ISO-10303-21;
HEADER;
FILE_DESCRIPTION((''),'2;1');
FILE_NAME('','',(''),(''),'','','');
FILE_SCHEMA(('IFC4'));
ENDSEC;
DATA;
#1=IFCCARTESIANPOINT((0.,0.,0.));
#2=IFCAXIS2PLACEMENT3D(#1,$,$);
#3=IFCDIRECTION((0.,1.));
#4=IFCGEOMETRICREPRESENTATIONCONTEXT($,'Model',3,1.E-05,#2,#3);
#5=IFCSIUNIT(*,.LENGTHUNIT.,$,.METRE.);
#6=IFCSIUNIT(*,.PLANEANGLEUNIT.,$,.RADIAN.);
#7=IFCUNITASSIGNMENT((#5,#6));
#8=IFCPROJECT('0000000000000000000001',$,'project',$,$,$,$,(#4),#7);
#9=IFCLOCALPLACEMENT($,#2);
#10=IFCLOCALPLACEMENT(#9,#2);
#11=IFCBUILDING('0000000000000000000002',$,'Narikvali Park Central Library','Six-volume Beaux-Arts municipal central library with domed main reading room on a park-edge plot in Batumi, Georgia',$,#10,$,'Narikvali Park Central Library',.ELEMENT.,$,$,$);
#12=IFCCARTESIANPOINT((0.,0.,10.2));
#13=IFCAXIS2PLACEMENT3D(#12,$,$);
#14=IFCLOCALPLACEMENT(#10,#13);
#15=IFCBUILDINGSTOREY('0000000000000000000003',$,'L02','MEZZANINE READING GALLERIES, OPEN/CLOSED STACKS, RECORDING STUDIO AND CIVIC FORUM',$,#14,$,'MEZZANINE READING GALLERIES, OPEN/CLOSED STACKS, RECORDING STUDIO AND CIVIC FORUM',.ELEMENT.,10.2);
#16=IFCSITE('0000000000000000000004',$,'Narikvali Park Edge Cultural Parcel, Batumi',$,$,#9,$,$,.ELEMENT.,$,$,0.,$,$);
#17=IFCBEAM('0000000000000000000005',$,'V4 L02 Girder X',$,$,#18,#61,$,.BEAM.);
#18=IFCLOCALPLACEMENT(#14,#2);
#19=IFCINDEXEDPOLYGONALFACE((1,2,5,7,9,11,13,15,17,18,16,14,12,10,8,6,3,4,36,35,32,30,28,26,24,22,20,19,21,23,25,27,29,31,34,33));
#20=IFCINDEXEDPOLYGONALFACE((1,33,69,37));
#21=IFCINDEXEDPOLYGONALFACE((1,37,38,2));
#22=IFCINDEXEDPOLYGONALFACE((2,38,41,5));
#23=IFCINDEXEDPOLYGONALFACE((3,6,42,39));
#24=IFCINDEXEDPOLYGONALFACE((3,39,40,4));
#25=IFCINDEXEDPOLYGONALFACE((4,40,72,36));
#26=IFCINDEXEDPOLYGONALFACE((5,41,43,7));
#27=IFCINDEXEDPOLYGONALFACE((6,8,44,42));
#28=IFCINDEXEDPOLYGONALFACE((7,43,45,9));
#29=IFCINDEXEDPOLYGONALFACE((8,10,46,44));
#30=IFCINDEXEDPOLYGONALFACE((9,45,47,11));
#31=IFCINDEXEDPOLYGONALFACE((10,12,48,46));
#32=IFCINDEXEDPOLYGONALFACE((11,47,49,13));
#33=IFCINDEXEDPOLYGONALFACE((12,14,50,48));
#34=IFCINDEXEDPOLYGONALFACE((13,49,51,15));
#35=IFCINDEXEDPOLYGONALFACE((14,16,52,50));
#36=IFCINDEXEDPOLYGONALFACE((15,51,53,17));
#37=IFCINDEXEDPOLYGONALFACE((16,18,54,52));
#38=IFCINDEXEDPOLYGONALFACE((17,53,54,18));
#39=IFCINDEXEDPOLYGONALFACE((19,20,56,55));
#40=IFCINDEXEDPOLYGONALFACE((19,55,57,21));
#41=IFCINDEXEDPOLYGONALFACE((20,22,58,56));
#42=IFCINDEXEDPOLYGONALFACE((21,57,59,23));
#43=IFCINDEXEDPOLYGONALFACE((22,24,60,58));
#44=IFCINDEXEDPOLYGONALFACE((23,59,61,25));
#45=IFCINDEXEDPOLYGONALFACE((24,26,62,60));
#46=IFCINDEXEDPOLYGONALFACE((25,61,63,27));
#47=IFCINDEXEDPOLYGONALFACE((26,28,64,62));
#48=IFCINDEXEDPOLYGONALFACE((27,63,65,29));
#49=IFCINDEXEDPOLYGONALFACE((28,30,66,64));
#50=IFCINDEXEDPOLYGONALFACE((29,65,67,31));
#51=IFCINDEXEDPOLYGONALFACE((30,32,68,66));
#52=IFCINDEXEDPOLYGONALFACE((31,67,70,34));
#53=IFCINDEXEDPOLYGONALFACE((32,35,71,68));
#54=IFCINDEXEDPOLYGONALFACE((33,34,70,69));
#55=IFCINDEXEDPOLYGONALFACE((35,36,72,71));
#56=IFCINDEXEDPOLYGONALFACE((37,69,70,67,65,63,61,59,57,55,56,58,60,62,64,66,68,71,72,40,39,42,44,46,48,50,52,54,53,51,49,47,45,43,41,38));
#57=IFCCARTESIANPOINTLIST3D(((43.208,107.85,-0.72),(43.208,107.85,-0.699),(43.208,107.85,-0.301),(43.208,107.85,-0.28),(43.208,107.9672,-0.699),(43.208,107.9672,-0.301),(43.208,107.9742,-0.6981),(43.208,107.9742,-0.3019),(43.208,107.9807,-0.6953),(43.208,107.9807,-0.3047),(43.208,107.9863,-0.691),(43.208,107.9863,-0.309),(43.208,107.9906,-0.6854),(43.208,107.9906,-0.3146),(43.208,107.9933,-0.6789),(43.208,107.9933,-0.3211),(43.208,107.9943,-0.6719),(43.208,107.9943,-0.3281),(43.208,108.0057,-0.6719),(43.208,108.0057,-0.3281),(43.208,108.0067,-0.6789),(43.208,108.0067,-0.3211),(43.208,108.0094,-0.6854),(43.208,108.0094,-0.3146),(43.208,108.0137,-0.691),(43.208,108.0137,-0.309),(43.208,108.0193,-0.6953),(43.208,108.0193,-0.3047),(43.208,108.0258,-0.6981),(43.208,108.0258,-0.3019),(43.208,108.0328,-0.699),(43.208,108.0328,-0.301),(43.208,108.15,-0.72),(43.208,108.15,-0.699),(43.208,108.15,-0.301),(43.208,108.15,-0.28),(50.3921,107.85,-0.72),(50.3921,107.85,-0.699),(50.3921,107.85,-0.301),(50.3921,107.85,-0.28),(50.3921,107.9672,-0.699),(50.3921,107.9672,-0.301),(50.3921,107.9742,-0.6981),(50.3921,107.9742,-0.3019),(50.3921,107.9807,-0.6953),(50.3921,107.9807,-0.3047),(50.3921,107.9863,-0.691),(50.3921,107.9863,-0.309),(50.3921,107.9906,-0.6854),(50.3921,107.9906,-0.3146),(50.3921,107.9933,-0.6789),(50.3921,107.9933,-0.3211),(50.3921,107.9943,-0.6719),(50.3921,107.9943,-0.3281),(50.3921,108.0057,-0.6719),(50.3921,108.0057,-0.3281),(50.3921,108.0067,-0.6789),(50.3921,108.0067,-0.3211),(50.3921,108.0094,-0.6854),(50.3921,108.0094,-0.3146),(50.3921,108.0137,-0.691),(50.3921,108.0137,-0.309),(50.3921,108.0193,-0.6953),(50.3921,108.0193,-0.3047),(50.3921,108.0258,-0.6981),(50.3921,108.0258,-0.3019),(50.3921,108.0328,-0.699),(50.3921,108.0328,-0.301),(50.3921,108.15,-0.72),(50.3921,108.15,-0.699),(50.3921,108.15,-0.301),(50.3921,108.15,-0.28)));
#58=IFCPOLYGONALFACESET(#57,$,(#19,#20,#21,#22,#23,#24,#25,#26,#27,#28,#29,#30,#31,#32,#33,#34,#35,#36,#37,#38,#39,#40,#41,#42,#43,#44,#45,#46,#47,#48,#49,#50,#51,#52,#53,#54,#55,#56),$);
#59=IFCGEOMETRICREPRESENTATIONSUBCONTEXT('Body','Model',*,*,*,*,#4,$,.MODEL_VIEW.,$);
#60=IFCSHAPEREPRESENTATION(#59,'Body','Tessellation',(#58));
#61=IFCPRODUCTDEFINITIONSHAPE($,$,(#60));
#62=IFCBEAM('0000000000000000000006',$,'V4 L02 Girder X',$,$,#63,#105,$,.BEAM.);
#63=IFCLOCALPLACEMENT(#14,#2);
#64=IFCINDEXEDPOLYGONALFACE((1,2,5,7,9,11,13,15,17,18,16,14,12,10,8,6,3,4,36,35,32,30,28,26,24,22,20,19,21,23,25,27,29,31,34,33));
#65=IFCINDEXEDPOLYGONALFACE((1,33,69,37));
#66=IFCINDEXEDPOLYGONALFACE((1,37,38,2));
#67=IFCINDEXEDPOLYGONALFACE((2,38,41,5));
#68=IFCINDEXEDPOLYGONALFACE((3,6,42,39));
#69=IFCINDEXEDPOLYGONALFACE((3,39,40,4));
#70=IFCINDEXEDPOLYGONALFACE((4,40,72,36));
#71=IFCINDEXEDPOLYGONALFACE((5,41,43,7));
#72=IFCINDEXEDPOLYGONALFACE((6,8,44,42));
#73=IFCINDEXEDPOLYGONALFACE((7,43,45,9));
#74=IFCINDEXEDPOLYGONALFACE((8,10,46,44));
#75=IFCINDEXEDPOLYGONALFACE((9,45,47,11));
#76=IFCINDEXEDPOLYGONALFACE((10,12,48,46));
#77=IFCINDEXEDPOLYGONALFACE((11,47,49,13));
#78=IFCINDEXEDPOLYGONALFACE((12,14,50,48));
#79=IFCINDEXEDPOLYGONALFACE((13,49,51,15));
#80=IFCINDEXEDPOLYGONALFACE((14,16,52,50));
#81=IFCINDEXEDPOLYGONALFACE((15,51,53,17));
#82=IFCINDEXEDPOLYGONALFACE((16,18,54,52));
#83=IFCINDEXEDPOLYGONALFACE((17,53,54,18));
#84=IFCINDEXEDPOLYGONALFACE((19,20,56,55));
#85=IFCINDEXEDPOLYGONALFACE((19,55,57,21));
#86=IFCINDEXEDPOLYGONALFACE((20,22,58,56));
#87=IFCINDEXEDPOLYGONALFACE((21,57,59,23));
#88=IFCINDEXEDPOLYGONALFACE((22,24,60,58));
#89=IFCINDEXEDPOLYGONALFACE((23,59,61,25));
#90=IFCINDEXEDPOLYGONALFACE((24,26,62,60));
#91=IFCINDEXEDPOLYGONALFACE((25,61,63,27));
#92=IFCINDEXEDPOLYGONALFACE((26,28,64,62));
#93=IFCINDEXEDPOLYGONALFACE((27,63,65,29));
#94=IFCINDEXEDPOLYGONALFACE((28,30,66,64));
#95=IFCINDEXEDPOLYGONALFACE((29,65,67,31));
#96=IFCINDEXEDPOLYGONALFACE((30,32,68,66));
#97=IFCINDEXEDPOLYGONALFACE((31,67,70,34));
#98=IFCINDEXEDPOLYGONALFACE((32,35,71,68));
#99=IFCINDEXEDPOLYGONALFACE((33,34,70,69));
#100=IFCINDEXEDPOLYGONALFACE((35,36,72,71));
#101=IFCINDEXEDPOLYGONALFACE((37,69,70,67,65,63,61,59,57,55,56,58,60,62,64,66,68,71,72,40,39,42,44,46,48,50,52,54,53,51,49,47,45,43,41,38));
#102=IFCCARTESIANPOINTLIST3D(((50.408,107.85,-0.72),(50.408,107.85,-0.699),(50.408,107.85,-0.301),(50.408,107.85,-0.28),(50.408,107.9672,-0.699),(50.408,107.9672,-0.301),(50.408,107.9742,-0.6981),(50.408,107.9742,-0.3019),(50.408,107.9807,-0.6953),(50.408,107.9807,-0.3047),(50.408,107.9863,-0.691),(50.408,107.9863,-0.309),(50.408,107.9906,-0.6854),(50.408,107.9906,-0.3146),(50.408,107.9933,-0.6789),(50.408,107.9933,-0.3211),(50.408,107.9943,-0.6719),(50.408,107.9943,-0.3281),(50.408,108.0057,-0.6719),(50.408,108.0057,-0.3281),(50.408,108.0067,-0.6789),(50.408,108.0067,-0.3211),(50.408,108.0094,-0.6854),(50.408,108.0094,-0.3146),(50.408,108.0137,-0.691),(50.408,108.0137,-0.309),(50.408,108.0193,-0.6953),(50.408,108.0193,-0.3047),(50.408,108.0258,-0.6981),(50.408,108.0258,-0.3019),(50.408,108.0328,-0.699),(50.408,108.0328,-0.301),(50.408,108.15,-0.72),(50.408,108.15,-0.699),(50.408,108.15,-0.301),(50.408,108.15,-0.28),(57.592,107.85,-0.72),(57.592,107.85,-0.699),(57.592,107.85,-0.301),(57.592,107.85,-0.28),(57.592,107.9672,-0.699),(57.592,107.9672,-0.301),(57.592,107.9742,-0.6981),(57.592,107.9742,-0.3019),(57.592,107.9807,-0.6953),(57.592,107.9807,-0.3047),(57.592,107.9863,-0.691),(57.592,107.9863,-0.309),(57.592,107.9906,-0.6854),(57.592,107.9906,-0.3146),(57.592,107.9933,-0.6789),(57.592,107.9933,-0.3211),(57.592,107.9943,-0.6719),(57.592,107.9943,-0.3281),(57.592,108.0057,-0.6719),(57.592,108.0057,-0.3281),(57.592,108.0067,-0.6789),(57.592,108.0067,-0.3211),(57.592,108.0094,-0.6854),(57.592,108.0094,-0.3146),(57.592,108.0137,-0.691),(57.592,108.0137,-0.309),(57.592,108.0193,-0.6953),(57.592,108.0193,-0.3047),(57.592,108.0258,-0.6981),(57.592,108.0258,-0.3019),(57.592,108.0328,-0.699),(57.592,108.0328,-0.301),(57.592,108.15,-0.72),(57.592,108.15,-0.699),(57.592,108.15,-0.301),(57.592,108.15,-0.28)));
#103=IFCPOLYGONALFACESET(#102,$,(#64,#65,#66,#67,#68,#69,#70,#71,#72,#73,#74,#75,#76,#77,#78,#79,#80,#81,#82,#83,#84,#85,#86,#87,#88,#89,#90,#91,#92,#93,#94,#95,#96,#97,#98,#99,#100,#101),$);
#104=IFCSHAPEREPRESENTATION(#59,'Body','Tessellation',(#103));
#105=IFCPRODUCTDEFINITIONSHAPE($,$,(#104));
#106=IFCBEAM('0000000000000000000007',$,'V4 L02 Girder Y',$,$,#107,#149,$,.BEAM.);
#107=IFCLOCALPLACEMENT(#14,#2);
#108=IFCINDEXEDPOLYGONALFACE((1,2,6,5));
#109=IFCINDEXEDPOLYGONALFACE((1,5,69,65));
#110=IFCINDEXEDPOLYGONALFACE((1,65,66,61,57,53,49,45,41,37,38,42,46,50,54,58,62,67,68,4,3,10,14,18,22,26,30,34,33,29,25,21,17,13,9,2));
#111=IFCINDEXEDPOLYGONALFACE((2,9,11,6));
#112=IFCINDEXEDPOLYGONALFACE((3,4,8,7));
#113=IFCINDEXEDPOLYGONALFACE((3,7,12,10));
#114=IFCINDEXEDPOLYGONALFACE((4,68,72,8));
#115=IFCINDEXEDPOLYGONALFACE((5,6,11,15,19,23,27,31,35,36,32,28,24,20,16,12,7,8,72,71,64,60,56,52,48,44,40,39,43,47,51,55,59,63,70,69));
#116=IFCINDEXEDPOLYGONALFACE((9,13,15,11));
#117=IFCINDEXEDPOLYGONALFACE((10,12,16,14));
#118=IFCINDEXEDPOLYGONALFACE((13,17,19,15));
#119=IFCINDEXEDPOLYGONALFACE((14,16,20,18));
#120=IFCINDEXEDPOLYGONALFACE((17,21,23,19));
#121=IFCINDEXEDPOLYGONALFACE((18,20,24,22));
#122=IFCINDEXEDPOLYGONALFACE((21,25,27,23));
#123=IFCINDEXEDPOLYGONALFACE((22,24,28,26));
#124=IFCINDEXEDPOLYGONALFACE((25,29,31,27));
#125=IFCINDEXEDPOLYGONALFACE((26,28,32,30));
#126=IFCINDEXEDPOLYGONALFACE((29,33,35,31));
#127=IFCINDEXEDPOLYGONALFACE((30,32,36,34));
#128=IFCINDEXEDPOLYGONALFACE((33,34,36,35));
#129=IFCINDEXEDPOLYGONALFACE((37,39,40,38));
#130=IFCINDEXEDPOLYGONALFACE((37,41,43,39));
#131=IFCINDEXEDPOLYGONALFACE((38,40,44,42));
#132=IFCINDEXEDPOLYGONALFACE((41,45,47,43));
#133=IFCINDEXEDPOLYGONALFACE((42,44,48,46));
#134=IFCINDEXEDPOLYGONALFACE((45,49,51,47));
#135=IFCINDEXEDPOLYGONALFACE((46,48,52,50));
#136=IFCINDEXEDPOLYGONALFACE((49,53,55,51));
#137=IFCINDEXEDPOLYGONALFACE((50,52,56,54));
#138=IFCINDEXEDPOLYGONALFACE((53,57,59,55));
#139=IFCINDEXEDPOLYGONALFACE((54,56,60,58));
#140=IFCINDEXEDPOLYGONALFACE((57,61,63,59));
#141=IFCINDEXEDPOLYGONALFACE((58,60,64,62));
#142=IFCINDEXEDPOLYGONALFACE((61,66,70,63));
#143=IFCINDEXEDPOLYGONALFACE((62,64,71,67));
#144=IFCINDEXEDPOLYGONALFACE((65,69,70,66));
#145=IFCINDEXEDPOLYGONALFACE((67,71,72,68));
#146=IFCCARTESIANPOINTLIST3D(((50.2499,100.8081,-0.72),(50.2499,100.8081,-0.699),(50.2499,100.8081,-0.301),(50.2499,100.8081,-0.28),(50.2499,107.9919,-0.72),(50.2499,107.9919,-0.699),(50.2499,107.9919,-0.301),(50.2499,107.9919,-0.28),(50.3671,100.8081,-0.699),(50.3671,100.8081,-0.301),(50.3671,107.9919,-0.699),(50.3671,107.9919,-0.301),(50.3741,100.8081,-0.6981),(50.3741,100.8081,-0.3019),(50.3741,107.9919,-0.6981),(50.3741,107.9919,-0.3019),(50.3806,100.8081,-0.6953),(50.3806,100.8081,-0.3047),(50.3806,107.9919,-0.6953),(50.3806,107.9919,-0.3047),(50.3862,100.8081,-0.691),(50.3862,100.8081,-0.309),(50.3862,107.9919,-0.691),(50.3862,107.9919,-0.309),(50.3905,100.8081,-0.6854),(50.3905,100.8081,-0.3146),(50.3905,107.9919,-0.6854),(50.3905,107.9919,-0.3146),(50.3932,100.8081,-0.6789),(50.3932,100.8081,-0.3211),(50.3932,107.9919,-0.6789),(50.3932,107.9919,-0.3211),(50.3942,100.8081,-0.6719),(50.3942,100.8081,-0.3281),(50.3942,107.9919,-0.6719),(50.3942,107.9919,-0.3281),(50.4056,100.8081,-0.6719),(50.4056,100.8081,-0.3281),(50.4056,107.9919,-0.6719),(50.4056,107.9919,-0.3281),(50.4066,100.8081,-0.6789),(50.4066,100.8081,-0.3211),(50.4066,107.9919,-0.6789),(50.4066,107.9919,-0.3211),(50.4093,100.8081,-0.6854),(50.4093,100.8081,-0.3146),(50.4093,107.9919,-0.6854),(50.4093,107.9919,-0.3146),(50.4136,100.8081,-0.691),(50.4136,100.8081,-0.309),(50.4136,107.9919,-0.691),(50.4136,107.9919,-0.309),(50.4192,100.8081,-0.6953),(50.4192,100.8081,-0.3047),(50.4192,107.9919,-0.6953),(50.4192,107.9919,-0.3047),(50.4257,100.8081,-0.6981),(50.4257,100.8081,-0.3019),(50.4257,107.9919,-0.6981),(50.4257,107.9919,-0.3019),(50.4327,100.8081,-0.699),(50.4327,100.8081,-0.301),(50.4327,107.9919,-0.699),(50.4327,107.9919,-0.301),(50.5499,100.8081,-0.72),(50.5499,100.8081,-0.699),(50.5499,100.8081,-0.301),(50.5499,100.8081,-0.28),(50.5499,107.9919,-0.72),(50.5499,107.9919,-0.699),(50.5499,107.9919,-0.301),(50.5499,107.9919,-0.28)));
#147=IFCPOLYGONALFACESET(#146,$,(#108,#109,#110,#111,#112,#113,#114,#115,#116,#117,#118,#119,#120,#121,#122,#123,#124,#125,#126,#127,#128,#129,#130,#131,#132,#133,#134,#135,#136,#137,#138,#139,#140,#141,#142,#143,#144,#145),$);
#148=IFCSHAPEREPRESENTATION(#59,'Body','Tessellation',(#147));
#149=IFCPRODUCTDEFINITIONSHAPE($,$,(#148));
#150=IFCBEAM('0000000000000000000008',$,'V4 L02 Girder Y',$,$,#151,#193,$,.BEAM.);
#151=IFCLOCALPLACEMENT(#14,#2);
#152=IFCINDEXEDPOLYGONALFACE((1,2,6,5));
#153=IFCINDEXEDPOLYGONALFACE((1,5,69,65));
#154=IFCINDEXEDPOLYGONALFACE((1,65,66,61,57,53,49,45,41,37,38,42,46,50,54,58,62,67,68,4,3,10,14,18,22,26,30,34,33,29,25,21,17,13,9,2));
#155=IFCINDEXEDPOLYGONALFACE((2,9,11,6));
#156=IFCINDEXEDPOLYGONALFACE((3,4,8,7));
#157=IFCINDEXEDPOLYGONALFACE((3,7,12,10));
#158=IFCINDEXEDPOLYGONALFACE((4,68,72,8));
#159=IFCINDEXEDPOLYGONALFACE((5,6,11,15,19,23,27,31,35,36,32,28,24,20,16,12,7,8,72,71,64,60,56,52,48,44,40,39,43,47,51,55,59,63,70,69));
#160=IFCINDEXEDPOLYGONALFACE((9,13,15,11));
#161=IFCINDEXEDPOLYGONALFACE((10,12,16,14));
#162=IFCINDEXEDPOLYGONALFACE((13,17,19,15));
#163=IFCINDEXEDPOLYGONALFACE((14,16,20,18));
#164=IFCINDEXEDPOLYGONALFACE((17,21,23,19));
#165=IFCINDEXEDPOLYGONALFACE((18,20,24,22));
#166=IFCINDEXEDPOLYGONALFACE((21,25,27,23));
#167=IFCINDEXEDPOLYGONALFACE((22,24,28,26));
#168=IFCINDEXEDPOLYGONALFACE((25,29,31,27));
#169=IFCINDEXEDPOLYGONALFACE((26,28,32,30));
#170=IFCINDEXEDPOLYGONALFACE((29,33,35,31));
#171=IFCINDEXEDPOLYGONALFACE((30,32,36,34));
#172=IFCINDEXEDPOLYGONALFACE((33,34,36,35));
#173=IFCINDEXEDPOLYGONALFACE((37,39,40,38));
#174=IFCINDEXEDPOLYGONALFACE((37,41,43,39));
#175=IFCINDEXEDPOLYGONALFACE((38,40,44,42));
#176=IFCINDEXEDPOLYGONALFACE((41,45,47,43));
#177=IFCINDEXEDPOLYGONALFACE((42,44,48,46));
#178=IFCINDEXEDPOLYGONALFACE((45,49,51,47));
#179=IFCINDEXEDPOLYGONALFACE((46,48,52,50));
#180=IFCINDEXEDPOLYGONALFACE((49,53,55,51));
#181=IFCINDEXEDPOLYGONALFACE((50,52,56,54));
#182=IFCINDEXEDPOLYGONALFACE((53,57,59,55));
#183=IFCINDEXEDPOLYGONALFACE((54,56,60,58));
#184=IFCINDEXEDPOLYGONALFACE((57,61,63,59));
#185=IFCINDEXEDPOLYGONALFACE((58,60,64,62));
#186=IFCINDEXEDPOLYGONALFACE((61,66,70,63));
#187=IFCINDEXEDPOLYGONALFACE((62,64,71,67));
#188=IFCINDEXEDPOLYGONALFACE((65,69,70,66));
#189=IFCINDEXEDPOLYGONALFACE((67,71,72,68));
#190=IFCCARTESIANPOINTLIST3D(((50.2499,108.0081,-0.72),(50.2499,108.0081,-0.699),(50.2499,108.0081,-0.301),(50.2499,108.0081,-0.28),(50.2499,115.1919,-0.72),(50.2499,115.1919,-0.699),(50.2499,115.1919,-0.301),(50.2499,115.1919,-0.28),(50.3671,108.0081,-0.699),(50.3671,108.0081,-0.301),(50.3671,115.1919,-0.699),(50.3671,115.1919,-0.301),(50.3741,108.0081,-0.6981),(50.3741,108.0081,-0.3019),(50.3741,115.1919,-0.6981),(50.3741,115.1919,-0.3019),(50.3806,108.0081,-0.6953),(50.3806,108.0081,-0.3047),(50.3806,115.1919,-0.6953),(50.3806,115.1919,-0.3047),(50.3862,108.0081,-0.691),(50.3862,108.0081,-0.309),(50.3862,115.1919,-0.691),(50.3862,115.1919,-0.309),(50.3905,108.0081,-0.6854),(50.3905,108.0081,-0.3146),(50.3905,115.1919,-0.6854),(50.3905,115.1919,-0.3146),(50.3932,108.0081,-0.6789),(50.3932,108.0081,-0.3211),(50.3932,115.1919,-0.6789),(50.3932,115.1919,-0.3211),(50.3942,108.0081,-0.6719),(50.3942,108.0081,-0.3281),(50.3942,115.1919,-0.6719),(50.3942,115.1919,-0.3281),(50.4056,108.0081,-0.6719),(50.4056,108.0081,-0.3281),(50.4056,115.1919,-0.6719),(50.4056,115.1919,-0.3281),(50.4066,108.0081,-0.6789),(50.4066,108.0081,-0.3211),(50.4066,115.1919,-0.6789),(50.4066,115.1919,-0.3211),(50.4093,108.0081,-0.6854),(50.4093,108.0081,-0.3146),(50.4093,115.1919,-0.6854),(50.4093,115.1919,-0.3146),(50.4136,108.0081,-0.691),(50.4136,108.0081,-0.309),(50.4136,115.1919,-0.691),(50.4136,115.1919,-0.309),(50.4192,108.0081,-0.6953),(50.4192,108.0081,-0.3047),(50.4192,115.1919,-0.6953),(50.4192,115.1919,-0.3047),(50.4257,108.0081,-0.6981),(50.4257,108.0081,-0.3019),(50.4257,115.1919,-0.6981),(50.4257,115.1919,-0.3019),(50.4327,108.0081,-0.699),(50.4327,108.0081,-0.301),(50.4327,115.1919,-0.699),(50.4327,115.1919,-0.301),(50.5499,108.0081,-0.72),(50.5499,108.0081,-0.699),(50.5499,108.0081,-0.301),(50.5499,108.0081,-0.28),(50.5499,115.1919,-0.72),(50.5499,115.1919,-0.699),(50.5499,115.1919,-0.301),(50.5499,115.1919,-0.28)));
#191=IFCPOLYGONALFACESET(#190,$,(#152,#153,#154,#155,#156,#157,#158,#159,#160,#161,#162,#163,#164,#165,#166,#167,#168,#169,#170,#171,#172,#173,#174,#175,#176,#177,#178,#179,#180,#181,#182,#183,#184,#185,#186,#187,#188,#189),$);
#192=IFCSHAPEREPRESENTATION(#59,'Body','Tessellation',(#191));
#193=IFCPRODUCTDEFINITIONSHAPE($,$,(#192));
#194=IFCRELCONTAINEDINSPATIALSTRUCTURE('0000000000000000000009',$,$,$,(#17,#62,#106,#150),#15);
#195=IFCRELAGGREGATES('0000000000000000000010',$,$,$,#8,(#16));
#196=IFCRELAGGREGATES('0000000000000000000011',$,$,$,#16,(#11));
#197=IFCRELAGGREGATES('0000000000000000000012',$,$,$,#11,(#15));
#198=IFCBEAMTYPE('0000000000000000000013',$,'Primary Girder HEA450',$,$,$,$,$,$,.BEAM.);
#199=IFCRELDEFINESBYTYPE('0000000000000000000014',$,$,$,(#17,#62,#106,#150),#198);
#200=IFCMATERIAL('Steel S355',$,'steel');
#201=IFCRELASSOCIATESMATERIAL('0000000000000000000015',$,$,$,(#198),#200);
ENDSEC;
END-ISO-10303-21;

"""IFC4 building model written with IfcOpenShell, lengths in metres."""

from ifc_helpers import new_model, si_unit, direction, frame, origin, origin_2d, place, context, subcontext, project, spatial, i_section, extrude, material, material_profile, profile_set, type_object, element, save


model = new_model("IFC4")

# Units and contexts
model_context = context("Model", 3, precision=1e-05, world=origin(), true_north=direction((0.0, 1.0)))
body_context = subcontext(model_context, "Body", "Model", "MODEL_VIEW")
ifc_project = project(units=[si_unit("LENGTHUNIT", "METRE"), si_unit("PLANEANGLEUNIT", "RADIAN")], contexts=[model_context])

# Site, building, storey
site_placement = place(None, origin())
site = spatial("IfcSite", under=ifc_project, at=site_placement, Name="Narikvali Park Edge Cultural Parcel, Batumi", CompositionType="ELEMENT", RefElevation=0.0)
building_placement = place(site_placement, origin())
building = spatial("IfcBuilding", under=site, at=building_placement, Name="Narikvali Park Central Library", Description="Six-volume Beaux-Arts municipal central library with domed main reading room on a park-edge plot in Batumi, Georgia", LongName="Narikvali Park Central Library", CompositionType="ELEMENT")
storey_placement = place(building_placement, frame((0.0, 0.0, 10.2)))
storey = spatial("IfcBuildingStorey", under=building, at=storey_placement, Name="L02", Description="MEZZANINE READING GALLERIES, OPEN/CLOSED STACKS, RECORDING STUDIO AND CIVIC FORUM", LongName="MEZZANINE READING GALLERIES, OPEN/CLOSED STACKS, RECORDING STUDIO AND CIVIC FORUM", CompositionType="ELEMENT", Elevation=10.2)

# Shared definitions
ifc_material_1 = material(Name="Steel S355", Category="steel")

# Beams
ifc_material_profile_1 = material_profile(ifc_material_1, i_section(OverallWidth=0.3, OverallDepth=0.4399, WebThickness=0.0115, FlangeThickness=0.021, FilletRadius=0.0271, at=origin_2d()), Name="HEA 450")
ifc_profile_set_1 = profile_set([ifc_material_profile_1], Name="Steel S355")
beam_type_1 = type_object("IfcBeamType", Name="Primary Girder HEA450", PredefinedType="BEAM", material=ifc_profile_set_1)
for number, where, z_axis, x_axis, name in (
    (1, (43.208, 108.0, -0.5), (1.0, 0.0, 0.0), (0.0, 1.0, 0.0), "V4 L02 Girder X"),
    (2, (50.408, 108.0, -0.5), (1.0, 0.0, 0.0), (0.0, 1.0, 0.0), "V4 L02 Girder X"),
):
    element("IfcBeam", number, at=place(storey_placement, frame(where, z_axis=z_axis, x_axis=x_axis)), inside=storey, type_object=beam_type_1, Name=name, PredefinedType="BEAM", context=body_context, shape_type="SweptSolid", body=[
        extrude(i_section(OverallWidth=0.3, OverallDepth=0.4399, WebThickness=0.0115, FlangeThickness=0.021, FilletRadius=0.0271, at=origin_2d()), origin(), (0.0, 0.0, 1.0), 7.1841),
    ])
for number, where, z_axis, x_axis, name in (
    (3, (50.3999, 100.8081, -0.5), (0.0, 1.0, 0.0), (-1.0, 0.0, 0.0), "V4 L02 Girder Y"),
    (4, (50.3999, 108.0081, -0.5), (0.0, 1.0, 0.0), (-1.0, 0.0, 0.0), "V4 L02 Girder Y"),
):
    element("IfcBeam", number, at=place(storey_placement, frame(where, z_axis=z_axis, x_axis=x_axis)), inside=storey, type_object=beam_type_1, Name=name, PredefinedType="BEAM", context=body_context, shape_type="SweptSolid", body=[
        extrude(i_section(OverallWidth=0.3, OverallDepth=0.4399, WebThickness=0.0115, FlangeThickness=0.021, FilletRadius=0.0271, at=origin_2d()), origin(), (0.0, 0.0, 1.0), 7.1838),
    ])

save(model, "model.ifc")
